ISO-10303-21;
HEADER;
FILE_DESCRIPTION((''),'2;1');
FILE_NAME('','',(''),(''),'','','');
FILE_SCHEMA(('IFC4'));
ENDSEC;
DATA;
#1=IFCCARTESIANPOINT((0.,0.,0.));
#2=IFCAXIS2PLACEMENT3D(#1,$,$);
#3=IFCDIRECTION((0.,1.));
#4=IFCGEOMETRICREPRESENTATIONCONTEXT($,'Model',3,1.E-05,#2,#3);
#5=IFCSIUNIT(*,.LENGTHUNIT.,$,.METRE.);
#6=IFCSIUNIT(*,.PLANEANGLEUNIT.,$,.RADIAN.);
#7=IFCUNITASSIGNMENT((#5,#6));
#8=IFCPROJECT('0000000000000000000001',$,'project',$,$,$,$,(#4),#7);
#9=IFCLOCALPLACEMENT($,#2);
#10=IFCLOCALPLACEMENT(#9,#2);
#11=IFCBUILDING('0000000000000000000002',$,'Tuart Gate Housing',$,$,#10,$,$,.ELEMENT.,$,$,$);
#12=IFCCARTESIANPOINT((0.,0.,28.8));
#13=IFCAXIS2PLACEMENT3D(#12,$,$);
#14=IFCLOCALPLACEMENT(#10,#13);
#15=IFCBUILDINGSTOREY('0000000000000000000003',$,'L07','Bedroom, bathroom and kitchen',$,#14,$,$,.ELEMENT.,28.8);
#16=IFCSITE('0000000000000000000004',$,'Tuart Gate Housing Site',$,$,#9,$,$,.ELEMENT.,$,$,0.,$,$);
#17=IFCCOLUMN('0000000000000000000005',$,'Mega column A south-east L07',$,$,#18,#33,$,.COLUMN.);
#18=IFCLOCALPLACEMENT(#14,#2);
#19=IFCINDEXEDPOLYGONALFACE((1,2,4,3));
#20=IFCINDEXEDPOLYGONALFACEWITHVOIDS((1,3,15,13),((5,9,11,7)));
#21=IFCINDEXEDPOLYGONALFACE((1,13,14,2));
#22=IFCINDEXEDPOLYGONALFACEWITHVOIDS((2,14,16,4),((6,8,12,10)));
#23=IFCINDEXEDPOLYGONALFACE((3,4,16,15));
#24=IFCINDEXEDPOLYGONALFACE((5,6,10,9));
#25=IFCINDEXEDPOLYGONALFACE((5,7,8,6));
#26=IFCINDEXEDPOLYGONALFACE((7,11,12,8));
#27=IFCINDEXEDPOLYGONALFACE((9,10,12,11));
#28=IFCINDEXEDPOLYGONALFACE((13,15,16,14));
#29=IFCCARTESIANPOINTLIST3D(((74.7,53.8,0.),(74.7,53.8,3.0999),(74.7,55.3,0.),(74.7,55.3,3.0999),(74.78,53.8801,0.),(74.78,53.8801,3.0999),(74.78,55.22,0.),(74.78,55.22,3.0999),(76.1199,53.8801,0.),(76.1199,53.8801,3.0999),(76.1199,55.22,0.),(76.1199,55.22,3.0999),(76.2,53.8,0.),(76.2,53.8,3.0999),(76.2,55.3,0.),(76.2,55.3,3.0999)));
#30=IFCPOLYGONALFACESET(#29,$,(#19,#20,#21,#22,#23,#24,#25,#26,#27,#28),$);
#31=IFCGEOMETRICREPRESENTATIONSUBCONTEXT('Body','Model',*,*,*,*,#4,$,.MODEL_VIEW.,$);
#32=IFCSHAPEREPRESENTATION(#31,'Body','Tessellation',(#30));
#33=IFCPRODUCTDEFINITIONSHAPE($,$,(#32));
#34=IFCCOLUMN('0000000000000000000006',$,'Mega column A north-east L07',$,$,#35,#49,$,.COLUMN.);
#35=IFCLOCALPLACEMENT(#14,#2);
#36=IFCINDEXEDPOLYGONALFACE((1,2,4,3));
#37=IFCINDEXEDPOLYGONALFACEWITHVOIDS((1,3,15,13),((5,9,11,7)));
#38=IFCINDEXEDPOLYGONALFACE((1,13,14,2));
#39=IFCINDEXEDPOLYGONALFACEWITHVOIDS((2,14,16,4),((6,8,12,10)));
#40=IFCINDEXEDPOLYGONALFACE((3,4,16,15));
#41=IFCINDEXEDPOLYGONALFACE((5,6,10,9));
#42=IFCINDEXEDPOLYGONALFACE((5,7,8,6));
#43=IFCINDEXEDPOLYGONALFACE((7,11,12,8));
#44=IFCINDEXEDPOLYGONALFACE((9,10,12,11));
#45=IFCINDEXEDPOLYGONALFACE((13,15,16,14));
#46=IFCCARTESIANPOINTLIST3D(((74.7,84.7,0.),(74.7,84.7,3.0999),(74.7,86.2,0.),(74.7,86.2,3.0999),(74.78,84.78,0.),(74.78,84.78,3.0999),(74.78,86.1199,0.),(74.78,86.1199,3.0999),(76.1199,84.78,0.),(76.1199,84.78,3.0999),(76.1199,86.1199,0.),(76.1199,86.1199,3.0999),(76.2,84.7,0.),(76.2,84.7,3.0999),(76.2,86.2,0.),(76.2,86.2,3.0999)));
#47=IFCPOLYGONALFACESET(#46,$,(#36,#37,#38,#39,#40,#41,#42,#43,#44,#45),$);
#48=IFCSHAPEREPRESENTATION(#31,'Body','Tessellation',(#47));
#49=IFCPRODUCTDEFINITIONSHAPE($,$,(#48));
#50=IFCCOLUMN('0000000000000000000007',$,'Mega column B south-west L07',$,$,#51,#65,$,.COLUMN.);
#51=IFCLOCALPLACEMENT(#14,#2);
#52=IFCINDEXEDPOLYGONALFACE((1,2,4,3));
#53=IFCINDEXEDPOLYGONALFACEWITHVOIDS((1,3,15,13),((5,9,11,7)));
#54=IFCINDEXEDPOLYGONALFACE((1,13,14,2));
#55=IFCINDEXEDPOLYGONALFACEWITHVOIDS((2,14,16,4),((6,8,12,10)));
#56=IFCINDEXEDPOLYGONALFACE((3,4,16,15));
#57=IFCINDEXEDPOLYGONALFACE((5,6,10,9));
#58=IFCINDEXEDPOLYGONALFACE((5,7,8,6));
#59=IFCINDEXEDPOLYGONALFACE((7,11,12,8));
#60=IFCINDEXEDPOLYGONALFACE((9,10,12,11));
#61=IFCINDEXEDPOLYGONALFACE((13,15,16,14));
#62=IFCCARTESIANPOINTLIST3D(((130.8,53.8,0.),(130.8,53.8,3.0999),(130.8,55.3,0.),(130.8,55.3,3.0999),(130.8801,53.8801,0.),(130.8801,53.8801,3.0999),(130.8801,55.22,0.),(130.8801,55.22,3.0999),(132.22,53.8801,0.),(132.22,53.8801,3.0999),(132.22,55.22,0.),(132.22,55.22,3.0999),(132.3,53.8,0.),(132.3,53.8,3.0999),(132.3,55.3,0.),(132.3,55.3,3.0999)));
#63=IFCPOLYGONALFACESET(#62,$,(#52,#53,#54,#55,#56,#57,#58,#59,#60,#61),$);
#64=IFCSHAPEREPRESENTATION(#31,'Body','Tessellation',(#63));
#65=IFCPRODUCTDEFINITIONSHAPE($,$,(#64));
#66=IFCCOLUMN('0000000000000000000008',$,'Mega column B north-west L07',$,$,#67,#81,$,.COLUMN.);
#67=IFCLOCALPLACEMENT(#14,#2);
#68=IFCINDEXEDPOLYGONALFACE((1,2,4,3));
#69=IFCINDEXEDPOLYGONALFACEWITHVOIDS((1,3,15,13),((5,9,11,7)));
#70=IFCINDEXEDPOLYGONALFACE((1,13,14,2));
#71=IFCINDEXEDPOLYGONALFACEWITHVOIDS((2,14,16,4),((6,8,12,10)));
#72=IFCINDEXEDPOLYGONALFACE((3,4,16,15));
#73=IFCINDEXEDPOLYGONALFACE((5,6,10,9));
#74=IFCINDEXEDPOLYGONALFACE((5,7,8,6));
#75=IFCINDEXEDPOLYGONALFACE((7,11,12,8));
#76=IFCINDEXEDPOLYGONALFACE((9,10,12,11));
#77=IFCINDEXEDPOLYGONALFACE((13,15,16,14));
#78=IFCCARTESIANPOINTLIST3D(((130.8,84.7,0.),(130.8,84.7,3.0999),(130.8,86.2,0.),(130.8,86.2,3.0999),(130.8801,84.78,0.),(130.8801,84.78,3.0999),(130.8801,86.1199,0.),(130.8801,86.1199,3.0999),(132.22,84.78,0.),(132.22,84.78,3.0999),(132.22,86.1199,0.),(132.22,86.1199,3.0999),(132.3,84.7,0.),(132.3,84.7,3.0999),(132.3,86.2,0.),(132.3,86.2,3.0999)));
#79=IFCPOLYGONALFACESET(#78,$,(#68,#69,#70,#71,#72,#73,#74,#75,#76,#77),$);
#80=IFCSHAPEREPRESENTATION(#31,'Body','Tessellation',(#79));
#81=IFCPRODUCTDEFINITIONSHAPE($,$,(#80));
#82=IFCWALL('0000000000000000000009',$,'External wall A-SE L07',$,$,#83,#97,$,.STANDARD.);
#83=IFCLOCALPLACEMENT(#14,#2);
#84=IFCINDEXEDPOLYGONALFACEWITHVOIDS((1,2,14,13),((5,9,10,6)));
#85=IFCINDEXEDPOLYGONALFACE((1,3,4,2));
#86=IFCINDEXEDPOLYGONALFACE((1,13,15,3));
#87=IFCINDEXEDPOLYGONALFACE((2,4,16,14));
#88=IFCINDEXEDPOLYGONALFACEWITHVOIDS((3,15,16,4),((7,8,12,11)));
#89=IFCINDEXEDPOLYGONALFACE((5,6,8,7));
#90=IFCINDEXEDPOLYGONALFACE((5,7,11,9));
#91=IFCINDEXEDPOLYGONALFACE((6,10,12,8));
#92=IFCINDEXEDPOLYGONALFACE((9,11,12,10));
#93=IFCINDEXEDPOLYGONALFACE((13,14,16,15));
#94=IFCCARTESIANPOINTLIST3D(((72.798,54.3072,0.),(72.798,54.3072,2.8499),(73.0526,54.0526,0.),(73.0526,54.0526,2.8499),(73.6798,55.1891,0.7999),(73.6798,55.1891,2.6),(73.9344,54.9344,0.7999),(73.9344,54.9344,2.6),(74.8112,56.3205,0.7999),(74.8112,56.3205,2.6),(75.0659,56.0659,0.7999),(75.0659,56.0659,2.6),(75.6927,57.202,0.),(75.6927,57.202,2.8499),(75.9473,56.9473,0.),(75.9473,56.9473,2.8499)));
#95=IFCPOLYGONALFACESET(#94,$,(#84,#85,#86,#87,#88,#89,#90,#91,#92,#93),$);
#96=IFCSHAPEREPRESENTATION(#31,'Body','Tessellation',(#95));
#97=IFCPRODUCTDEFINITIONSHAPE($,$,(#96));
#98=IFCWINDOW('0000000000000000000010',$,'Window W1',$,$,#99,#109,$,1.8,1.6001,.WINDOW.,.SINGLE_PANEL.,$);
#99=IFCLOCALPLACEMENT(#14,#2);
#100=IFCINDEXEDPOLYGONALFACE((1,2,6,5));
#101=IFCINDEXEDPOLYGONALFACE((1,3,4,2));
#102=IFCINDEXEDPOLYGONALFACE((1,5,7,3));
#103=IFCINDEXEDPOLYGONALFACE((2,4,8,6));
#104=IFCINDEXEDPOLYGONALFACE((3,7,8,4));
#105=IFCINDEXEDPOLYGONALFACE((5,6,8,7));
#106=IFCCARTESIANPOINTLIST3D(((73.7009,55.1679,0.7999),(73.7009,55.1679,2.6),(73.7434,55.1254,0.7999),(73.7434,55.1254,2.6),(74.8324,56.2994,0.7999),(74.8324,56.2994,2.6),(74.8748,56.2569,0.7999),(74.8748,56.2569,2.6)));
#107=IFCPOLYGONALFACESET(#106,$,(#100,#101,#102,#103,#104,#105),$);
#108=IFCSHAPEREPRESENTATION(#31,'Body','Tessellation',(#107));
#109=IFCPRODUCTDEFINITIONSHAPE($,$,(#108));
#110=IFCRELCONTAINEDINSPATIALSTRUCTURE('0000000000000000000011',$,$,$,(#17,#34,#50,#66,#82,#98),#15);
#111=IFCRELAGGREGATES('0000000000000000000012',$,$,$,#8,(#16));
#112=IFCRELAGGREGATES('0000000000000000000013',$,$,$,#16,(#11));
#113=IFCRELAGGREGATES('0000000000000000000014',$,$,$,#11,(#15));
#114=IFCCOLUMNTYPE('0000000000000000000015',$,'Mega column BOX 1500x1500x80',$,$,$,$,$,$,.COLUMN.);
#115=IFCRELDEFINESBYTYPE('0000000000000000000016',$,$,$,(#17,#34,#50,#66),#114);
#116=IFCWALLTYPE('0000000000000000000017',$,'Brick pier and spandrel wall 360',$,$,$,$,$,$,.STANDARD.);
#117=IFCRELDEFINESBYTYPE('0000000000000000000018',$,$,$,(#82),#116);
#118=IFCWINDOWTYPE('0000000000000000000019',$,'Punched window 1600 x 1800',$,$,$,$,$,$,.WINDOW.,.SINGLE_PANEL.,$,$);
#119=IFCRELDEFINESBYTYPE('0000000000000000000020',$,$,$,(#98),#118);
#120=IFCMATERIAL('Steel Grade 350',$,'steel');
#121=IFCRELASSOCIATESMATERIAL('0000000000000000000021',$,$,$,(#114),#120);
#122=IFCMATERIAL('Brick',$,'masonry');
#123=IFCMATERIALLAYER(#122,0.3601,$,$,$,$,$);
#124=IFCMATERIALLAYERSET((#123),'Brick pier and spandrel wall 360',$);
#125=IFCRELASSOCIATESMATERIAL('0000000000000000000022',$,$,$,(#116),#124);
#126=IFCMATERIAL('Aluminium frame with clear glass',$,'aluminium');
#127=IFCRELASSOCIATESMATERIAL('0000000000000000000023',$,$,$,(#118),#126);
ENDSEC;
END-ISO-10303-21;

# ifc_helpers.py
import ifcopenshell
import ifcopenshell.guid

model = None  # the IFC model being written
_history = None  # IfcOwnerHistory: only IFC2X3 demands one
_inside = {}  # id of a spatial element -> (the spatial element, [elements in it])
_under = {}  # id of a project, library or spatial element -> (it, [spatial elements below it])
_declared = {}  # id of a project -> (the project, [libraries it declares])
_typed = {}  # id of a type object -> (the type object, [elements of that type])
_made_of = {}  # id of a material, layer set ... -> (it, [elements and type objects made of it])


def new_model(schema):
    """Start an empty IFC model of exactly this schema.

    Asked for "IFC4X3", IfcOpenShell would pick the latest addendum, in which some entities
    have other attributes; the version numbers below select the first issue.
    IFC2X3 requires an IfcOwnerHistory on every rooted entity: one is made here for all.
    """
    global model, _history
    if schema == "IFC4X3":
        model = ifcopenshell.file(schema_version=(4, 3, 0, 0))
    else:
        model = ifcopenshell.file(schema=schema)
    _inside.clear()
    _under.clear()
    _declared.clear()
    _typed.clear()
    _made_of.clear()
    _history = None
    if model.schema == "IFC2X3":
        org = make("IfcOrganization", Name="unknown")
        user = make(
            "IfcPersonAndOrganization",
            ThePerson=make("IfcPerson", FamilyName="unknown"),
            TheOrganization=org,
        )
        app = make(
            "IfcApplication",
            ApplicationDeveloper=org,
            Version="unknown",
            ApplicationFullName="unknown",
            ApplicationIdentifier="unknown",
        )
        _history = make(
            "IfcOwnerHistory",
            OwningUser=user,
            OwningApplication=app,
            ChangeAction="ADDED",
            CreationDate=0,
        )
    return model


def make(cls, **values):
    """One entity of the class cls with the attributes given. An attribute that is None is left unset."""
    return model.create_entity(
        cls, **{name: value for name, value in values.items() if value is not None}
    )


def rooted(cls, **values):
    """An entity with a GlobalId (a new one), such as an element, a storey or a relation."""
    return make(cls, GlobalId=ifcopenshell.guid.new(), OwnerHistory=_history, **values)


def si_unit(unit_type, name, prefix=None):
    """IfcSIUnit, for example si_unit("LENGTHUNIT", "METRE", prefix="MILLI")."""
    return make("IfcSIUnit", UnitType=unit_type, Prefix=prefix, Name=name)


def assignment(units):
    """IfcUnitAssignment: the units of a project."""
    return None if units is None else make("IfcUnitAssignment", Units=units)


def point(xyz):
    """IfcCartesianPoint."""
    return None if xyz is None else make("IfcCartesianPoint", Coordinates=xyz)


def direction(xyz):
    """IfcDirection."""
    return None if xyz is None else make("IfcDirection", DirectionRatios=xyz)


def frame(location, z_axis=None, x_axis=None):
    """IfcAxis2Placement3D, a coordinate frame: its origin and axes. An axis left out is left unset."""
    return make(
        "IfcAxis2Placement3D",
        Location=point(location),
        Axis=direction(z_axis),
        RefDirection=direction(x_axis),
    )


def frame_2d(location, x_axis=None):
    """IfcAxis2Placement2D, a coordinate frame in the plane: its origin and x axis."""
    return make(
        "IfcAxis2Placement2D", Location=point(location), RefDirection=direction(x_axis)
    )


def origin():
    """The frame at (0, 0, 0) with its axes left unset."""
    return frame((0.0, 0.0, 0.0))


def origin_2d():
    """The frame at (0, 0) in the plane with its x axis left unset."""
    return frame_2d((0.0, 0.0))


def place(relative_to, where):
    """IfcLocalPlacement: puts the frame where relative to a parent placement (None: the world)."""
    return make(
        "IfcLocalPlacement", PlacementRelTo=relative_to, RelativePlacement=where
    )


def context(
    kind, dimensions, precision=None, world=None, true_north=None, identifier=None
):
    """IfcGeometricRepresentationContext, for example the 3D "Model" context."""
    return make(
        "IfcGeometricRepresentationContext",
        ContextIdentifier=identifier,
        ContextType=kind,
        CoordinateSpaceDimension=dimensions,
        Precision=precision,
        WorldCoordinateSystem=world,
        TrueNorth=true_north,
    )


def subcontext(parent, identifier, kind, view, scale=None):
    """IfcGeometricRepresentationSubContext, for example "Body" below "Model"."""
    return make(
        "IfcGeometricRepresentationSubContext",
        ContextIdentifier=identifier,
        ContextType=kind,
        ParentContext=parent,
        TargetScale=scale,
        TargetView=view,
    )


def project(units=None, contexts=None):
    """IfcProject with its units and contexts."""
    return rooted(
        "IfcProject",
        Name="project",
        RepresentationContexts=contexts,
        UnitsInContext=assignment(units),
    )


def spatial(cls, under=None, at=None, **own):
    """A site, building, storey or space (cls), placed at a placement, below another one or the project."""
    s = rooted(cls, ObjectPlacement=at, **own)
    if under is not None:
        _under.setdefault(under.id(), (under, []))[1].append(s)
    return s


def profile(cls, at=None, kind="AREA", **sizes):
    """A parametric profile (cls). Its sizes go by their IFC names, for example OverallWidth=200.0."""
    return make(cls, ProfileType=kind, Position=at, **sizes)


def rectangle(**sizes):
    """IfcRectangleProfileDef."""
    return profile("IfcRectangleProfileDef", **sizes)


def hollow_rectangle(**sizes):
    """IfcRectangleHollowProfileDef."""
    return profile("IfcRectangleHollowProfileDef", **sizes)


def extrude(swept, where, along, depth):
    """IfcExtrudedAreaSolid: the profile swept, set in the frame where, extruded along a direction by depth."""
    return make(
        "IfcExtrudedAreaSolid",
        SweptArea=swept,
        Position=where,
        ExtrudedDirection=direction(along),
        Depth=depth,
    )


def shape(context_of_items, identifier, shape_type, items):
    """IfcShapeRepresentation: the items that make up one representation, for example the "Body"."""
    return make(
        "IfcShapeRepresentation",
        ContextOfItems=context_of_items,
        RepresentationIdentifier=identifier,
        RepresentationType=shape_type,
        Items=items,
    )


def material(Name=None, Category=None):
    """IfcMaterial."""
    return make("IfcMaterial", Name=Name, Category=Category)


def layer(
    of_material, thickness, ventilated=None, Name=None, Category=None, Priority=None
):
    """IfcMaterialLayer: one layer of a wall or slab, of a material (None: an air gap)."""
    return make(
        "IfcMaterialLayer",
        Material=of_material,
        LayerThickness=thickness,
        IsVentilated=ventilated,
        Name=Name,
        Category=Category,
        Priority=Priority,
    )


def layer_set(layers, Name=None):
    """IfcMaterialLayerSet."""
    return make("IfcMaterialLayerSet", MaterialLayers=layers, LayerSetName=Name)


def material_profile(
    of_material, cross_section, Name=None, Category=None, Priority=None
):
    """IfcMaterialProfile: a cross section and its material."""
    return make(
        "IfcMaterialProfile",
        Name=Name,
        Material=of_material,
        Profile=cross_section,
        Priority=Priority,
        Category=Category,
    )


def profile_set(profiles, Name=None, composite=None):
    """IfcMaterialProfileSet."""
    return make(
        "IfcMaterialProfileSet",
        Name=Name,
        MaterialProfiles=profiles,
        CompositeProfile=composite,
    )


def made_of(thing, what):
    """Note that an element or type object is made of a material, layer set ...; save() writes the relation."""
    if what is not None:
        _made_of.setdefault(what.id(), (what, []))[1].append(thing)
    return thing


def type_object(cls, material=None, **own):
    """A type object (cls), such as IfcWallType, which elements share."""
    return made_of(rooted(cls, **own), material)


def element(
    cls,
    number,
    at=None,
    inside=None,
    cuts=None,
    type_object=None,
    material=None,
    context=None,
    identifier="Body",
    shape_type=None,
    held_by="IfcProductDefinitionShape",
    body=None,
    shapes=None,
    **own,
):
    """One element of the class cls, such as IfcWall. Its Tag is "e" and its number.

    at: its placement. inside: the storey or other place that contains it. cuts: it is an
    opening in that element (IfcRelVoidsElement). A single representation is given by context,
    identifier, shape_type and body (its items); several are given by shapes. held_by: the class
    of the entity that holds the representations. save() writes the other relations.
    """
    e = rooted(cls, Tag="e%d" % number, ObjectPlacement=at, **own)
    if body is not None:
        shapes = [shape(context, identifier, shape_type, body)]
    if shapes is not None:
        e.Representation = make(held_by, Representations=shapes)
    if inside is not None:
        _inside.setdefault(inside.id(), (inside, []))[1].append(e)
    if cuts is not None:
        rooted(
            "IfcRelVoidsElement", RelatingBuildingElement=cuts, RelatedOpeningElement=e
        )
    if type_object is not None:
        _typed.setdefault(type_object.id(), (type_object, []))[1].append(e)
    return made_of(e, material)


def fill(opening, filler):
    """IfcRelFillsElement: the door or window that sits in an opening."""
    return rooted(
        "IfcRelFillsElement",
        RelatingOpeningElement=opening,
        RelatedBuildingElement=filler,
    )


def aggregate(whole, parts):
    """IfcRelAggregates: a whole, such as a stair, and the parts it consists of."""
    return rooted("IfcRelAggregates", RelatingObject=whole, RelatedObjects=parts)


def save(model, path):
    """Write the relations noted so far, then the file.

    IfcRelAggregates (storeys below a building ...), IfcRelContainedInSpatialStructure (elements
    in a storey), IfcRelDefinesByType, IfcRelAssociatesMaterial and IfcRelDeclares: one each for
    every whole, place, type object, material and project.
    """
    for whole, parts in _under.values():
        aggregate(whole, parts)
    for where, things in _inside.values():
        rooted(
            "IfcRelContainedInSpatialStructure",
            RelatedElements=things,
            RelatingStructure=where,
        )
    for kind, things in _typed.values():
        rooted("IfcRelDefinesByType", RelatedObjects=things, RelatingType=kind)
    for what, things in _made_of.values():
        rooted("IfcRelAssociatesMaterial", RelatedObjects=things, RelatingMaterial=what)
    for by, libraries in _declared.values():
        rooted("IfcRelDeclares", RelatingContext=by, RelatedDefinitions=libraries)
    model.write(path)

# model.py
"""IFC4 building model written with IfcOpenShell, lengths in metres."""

from ifc_helpers import new_model, si_unit, direction, frame, frame_2d, origin, origin_2d, place, context, subcontext, project, spatial, rectangle, hollow_rectangle, extrude, material, layer, layer_set, material_profile, profile_set, type_object, element, fill, save


model = new_model("IFC4")

# Units and contexts
model_context = context("Model", 3, precision=1e-05, world=origin(), true_north=direction((0.0, 1.0)))
body_context = subcontext(model_context, "Body", "Model", "MODEL_VIEW")
ifc_project = project(units=[si_unit("LENGTHUNIT", "METRE"), si_unit("PLANEANGLEUNIT", "RADIAN")], contexts=[model_context])

# Site, building, storey
site_placement = place(None, origin())
site = spatial("IfcSite", under=ifc_project, at=site_placement, Name="Tuart Gate Housing Site", CompositionType="ELEMENT", RefElevation=0.0)
building_placement = place(site_placement, origin())
building = spatial("IfcBuilding", under=site, at=building_placement, Name="Tuart Gate Housing", CompositionType="ELEMENT")
storey_placement = place(building_placement, frame((0.0, 0.0, 28.8)))
storey = spatial("IfcBuildingStorey", under=building, at=storey_placement, Name="L07", Description="Bedroom, bathroom and kitchen", CompositionType="ELEMENT", Elevation=28.8)

# Columns
ifc_material_1 = material(Name="Steel Grade 350", Category="steel")
ifc_material_profile = material_profile(ifc_material_1, hollow_rectangle(XDim=1.5, YDim=1.5, WallThickness=0.0801, at=origin_2d()), Name="BOX 1500x1500x80")
ifc_profile_set = profile_set([ifc_material_profile], Name="Steel Grade 350")
column_type = type_object("IfcColumnType", Name="Mega column BOX 1500x1500x80", PredefinedType="COLUMN", material=ifc_profile_set)
for number, where, z_axis, x_axis, name in (
    (1, (75.45, 54.55, 0.0), (0.0, 0.0, 1.0), (1.0, 0.0, 0.0), "Mega column A south-east L07"),
    (2, (75.45, 85.45, 0.0), (0.0, 0.0, 1.0), (1.0, 0.0, 0.0), "Mega column A north-east L07"),
    (3, (131.55, 54.55, 0.0), (0.0, 0.0, 1.0), (1.0, 0.0, 0.0), "Mega column B south-west L07"),
    (4, (131.55, 85.45, 0.0), (0.0, 0.0, 1.0), (1.0, 0.0, 0.0), "Mega column B north-west L07"),
):
    element("IfcColumn", number, at=place(storey_placement, frame(where, z_axis=z_axis, x_axis=x_axis)), inside=storey, type_object=column_type, Name=name, PredefinedType="COLUMN", context=body_context, shape_type="SweptSolid", body=[
        extrude(hollow_rectangle(XDim=1.5, YDim=1.5, WallThickness=0.0801, at=origin_2d()), origin(), (0.0, 0.0, 1.0), 3.0999),
    ])

# Wall, opening, window
ifc_material_2 = material(Name="Brick", Category="masonry")
ifc_layer_1 = layer(ifc_material_2, 0.3601)
ifc_layer_set_1 = layer_set([ifc_layer_1], Name="Brick pier and spandrel wall 360")
wall_type_1 = type_object("IfcWallType", Name="Brick pier and spandrel wall 360", PredefinedType="STANDARD", material=ifc_layer_set_1)
wall_1_placement = place(storey_placement, frame((72.9253, 54.1799, 0.0), z_axis=(0.0, 0.0, 1.0), x_axis=(0.707107, 0.707107, 0.0)))
wall_1 = element("IfcWall", 5, at=wall_1_placement, inside=storey, type_object=wall_type_1, Name="External wall A-SE L07", PredefinedType="STANDARD", context=body_context, shape_type="SweptSolid", body=[
    extrude(rectangle(XDim=4.0938, YDim=0.3601, at=frame_2d((2.0469, 0.0))), origin(), (0.0, 0.0, 1.0), 2.8499),
])
opening_1_placement = place(wall_1_placement, frame((1.2471, 0.0, 0.8)))
opening_1 = element("IfcOpeningElement", 6, at=opening_1_placement, cuts=wall_1, PredefinedType="OPENING", context=body_context, shape_type="SweptSolid", body=[
    extrude(rectangle(XDim=1.6001, YDim=1.8, at=frame_2d((0.8, 0.8999))), frame((0.0, 0.1899, 0.0), z_axis=(0.0, -1.0, 0.0), x_axis=(1.0, 0.0, 0.0)), (0.0, 0.0, 1.0), 0.3801),
])
ifc_material_3 = material(Name="Aluminium frame with clear glass", Category="aluminium")
window_type = type_object("IfcWindowType", Name="Punched window 1600 x 1800", PartitioningType="SINGLE_PANEL", PredefinedType="WINDOW", material=ifc_material_3)
window_1_placement = place(opening_1_placement, origin())
window_1 = element("IfcWindow", 7, at=window_1_placement, inside=storey, type_object=window_type, Name="Window W1", OverallHeight=1.8, OverallWidth=1.6001, PartitioningType="SINGLE_PANEL", PredefinedType="WINDOW", context=body_context, shape_type="SweptSolid", body=[
    extrude(rectangle(XDim=1.6001, YDim=1.8, at=frame_2d((0.8, 0.8999))), frame((0.0, 0.1501, 0.0), z_axis=(0.0, -1.0, 0.0), x_axis=(1.0, 0.0, 0.0)), (0.0, 0.0, 1.0), 0.0601),
])
fill(opening_1, window_1)

save(model, "model.ifc")
